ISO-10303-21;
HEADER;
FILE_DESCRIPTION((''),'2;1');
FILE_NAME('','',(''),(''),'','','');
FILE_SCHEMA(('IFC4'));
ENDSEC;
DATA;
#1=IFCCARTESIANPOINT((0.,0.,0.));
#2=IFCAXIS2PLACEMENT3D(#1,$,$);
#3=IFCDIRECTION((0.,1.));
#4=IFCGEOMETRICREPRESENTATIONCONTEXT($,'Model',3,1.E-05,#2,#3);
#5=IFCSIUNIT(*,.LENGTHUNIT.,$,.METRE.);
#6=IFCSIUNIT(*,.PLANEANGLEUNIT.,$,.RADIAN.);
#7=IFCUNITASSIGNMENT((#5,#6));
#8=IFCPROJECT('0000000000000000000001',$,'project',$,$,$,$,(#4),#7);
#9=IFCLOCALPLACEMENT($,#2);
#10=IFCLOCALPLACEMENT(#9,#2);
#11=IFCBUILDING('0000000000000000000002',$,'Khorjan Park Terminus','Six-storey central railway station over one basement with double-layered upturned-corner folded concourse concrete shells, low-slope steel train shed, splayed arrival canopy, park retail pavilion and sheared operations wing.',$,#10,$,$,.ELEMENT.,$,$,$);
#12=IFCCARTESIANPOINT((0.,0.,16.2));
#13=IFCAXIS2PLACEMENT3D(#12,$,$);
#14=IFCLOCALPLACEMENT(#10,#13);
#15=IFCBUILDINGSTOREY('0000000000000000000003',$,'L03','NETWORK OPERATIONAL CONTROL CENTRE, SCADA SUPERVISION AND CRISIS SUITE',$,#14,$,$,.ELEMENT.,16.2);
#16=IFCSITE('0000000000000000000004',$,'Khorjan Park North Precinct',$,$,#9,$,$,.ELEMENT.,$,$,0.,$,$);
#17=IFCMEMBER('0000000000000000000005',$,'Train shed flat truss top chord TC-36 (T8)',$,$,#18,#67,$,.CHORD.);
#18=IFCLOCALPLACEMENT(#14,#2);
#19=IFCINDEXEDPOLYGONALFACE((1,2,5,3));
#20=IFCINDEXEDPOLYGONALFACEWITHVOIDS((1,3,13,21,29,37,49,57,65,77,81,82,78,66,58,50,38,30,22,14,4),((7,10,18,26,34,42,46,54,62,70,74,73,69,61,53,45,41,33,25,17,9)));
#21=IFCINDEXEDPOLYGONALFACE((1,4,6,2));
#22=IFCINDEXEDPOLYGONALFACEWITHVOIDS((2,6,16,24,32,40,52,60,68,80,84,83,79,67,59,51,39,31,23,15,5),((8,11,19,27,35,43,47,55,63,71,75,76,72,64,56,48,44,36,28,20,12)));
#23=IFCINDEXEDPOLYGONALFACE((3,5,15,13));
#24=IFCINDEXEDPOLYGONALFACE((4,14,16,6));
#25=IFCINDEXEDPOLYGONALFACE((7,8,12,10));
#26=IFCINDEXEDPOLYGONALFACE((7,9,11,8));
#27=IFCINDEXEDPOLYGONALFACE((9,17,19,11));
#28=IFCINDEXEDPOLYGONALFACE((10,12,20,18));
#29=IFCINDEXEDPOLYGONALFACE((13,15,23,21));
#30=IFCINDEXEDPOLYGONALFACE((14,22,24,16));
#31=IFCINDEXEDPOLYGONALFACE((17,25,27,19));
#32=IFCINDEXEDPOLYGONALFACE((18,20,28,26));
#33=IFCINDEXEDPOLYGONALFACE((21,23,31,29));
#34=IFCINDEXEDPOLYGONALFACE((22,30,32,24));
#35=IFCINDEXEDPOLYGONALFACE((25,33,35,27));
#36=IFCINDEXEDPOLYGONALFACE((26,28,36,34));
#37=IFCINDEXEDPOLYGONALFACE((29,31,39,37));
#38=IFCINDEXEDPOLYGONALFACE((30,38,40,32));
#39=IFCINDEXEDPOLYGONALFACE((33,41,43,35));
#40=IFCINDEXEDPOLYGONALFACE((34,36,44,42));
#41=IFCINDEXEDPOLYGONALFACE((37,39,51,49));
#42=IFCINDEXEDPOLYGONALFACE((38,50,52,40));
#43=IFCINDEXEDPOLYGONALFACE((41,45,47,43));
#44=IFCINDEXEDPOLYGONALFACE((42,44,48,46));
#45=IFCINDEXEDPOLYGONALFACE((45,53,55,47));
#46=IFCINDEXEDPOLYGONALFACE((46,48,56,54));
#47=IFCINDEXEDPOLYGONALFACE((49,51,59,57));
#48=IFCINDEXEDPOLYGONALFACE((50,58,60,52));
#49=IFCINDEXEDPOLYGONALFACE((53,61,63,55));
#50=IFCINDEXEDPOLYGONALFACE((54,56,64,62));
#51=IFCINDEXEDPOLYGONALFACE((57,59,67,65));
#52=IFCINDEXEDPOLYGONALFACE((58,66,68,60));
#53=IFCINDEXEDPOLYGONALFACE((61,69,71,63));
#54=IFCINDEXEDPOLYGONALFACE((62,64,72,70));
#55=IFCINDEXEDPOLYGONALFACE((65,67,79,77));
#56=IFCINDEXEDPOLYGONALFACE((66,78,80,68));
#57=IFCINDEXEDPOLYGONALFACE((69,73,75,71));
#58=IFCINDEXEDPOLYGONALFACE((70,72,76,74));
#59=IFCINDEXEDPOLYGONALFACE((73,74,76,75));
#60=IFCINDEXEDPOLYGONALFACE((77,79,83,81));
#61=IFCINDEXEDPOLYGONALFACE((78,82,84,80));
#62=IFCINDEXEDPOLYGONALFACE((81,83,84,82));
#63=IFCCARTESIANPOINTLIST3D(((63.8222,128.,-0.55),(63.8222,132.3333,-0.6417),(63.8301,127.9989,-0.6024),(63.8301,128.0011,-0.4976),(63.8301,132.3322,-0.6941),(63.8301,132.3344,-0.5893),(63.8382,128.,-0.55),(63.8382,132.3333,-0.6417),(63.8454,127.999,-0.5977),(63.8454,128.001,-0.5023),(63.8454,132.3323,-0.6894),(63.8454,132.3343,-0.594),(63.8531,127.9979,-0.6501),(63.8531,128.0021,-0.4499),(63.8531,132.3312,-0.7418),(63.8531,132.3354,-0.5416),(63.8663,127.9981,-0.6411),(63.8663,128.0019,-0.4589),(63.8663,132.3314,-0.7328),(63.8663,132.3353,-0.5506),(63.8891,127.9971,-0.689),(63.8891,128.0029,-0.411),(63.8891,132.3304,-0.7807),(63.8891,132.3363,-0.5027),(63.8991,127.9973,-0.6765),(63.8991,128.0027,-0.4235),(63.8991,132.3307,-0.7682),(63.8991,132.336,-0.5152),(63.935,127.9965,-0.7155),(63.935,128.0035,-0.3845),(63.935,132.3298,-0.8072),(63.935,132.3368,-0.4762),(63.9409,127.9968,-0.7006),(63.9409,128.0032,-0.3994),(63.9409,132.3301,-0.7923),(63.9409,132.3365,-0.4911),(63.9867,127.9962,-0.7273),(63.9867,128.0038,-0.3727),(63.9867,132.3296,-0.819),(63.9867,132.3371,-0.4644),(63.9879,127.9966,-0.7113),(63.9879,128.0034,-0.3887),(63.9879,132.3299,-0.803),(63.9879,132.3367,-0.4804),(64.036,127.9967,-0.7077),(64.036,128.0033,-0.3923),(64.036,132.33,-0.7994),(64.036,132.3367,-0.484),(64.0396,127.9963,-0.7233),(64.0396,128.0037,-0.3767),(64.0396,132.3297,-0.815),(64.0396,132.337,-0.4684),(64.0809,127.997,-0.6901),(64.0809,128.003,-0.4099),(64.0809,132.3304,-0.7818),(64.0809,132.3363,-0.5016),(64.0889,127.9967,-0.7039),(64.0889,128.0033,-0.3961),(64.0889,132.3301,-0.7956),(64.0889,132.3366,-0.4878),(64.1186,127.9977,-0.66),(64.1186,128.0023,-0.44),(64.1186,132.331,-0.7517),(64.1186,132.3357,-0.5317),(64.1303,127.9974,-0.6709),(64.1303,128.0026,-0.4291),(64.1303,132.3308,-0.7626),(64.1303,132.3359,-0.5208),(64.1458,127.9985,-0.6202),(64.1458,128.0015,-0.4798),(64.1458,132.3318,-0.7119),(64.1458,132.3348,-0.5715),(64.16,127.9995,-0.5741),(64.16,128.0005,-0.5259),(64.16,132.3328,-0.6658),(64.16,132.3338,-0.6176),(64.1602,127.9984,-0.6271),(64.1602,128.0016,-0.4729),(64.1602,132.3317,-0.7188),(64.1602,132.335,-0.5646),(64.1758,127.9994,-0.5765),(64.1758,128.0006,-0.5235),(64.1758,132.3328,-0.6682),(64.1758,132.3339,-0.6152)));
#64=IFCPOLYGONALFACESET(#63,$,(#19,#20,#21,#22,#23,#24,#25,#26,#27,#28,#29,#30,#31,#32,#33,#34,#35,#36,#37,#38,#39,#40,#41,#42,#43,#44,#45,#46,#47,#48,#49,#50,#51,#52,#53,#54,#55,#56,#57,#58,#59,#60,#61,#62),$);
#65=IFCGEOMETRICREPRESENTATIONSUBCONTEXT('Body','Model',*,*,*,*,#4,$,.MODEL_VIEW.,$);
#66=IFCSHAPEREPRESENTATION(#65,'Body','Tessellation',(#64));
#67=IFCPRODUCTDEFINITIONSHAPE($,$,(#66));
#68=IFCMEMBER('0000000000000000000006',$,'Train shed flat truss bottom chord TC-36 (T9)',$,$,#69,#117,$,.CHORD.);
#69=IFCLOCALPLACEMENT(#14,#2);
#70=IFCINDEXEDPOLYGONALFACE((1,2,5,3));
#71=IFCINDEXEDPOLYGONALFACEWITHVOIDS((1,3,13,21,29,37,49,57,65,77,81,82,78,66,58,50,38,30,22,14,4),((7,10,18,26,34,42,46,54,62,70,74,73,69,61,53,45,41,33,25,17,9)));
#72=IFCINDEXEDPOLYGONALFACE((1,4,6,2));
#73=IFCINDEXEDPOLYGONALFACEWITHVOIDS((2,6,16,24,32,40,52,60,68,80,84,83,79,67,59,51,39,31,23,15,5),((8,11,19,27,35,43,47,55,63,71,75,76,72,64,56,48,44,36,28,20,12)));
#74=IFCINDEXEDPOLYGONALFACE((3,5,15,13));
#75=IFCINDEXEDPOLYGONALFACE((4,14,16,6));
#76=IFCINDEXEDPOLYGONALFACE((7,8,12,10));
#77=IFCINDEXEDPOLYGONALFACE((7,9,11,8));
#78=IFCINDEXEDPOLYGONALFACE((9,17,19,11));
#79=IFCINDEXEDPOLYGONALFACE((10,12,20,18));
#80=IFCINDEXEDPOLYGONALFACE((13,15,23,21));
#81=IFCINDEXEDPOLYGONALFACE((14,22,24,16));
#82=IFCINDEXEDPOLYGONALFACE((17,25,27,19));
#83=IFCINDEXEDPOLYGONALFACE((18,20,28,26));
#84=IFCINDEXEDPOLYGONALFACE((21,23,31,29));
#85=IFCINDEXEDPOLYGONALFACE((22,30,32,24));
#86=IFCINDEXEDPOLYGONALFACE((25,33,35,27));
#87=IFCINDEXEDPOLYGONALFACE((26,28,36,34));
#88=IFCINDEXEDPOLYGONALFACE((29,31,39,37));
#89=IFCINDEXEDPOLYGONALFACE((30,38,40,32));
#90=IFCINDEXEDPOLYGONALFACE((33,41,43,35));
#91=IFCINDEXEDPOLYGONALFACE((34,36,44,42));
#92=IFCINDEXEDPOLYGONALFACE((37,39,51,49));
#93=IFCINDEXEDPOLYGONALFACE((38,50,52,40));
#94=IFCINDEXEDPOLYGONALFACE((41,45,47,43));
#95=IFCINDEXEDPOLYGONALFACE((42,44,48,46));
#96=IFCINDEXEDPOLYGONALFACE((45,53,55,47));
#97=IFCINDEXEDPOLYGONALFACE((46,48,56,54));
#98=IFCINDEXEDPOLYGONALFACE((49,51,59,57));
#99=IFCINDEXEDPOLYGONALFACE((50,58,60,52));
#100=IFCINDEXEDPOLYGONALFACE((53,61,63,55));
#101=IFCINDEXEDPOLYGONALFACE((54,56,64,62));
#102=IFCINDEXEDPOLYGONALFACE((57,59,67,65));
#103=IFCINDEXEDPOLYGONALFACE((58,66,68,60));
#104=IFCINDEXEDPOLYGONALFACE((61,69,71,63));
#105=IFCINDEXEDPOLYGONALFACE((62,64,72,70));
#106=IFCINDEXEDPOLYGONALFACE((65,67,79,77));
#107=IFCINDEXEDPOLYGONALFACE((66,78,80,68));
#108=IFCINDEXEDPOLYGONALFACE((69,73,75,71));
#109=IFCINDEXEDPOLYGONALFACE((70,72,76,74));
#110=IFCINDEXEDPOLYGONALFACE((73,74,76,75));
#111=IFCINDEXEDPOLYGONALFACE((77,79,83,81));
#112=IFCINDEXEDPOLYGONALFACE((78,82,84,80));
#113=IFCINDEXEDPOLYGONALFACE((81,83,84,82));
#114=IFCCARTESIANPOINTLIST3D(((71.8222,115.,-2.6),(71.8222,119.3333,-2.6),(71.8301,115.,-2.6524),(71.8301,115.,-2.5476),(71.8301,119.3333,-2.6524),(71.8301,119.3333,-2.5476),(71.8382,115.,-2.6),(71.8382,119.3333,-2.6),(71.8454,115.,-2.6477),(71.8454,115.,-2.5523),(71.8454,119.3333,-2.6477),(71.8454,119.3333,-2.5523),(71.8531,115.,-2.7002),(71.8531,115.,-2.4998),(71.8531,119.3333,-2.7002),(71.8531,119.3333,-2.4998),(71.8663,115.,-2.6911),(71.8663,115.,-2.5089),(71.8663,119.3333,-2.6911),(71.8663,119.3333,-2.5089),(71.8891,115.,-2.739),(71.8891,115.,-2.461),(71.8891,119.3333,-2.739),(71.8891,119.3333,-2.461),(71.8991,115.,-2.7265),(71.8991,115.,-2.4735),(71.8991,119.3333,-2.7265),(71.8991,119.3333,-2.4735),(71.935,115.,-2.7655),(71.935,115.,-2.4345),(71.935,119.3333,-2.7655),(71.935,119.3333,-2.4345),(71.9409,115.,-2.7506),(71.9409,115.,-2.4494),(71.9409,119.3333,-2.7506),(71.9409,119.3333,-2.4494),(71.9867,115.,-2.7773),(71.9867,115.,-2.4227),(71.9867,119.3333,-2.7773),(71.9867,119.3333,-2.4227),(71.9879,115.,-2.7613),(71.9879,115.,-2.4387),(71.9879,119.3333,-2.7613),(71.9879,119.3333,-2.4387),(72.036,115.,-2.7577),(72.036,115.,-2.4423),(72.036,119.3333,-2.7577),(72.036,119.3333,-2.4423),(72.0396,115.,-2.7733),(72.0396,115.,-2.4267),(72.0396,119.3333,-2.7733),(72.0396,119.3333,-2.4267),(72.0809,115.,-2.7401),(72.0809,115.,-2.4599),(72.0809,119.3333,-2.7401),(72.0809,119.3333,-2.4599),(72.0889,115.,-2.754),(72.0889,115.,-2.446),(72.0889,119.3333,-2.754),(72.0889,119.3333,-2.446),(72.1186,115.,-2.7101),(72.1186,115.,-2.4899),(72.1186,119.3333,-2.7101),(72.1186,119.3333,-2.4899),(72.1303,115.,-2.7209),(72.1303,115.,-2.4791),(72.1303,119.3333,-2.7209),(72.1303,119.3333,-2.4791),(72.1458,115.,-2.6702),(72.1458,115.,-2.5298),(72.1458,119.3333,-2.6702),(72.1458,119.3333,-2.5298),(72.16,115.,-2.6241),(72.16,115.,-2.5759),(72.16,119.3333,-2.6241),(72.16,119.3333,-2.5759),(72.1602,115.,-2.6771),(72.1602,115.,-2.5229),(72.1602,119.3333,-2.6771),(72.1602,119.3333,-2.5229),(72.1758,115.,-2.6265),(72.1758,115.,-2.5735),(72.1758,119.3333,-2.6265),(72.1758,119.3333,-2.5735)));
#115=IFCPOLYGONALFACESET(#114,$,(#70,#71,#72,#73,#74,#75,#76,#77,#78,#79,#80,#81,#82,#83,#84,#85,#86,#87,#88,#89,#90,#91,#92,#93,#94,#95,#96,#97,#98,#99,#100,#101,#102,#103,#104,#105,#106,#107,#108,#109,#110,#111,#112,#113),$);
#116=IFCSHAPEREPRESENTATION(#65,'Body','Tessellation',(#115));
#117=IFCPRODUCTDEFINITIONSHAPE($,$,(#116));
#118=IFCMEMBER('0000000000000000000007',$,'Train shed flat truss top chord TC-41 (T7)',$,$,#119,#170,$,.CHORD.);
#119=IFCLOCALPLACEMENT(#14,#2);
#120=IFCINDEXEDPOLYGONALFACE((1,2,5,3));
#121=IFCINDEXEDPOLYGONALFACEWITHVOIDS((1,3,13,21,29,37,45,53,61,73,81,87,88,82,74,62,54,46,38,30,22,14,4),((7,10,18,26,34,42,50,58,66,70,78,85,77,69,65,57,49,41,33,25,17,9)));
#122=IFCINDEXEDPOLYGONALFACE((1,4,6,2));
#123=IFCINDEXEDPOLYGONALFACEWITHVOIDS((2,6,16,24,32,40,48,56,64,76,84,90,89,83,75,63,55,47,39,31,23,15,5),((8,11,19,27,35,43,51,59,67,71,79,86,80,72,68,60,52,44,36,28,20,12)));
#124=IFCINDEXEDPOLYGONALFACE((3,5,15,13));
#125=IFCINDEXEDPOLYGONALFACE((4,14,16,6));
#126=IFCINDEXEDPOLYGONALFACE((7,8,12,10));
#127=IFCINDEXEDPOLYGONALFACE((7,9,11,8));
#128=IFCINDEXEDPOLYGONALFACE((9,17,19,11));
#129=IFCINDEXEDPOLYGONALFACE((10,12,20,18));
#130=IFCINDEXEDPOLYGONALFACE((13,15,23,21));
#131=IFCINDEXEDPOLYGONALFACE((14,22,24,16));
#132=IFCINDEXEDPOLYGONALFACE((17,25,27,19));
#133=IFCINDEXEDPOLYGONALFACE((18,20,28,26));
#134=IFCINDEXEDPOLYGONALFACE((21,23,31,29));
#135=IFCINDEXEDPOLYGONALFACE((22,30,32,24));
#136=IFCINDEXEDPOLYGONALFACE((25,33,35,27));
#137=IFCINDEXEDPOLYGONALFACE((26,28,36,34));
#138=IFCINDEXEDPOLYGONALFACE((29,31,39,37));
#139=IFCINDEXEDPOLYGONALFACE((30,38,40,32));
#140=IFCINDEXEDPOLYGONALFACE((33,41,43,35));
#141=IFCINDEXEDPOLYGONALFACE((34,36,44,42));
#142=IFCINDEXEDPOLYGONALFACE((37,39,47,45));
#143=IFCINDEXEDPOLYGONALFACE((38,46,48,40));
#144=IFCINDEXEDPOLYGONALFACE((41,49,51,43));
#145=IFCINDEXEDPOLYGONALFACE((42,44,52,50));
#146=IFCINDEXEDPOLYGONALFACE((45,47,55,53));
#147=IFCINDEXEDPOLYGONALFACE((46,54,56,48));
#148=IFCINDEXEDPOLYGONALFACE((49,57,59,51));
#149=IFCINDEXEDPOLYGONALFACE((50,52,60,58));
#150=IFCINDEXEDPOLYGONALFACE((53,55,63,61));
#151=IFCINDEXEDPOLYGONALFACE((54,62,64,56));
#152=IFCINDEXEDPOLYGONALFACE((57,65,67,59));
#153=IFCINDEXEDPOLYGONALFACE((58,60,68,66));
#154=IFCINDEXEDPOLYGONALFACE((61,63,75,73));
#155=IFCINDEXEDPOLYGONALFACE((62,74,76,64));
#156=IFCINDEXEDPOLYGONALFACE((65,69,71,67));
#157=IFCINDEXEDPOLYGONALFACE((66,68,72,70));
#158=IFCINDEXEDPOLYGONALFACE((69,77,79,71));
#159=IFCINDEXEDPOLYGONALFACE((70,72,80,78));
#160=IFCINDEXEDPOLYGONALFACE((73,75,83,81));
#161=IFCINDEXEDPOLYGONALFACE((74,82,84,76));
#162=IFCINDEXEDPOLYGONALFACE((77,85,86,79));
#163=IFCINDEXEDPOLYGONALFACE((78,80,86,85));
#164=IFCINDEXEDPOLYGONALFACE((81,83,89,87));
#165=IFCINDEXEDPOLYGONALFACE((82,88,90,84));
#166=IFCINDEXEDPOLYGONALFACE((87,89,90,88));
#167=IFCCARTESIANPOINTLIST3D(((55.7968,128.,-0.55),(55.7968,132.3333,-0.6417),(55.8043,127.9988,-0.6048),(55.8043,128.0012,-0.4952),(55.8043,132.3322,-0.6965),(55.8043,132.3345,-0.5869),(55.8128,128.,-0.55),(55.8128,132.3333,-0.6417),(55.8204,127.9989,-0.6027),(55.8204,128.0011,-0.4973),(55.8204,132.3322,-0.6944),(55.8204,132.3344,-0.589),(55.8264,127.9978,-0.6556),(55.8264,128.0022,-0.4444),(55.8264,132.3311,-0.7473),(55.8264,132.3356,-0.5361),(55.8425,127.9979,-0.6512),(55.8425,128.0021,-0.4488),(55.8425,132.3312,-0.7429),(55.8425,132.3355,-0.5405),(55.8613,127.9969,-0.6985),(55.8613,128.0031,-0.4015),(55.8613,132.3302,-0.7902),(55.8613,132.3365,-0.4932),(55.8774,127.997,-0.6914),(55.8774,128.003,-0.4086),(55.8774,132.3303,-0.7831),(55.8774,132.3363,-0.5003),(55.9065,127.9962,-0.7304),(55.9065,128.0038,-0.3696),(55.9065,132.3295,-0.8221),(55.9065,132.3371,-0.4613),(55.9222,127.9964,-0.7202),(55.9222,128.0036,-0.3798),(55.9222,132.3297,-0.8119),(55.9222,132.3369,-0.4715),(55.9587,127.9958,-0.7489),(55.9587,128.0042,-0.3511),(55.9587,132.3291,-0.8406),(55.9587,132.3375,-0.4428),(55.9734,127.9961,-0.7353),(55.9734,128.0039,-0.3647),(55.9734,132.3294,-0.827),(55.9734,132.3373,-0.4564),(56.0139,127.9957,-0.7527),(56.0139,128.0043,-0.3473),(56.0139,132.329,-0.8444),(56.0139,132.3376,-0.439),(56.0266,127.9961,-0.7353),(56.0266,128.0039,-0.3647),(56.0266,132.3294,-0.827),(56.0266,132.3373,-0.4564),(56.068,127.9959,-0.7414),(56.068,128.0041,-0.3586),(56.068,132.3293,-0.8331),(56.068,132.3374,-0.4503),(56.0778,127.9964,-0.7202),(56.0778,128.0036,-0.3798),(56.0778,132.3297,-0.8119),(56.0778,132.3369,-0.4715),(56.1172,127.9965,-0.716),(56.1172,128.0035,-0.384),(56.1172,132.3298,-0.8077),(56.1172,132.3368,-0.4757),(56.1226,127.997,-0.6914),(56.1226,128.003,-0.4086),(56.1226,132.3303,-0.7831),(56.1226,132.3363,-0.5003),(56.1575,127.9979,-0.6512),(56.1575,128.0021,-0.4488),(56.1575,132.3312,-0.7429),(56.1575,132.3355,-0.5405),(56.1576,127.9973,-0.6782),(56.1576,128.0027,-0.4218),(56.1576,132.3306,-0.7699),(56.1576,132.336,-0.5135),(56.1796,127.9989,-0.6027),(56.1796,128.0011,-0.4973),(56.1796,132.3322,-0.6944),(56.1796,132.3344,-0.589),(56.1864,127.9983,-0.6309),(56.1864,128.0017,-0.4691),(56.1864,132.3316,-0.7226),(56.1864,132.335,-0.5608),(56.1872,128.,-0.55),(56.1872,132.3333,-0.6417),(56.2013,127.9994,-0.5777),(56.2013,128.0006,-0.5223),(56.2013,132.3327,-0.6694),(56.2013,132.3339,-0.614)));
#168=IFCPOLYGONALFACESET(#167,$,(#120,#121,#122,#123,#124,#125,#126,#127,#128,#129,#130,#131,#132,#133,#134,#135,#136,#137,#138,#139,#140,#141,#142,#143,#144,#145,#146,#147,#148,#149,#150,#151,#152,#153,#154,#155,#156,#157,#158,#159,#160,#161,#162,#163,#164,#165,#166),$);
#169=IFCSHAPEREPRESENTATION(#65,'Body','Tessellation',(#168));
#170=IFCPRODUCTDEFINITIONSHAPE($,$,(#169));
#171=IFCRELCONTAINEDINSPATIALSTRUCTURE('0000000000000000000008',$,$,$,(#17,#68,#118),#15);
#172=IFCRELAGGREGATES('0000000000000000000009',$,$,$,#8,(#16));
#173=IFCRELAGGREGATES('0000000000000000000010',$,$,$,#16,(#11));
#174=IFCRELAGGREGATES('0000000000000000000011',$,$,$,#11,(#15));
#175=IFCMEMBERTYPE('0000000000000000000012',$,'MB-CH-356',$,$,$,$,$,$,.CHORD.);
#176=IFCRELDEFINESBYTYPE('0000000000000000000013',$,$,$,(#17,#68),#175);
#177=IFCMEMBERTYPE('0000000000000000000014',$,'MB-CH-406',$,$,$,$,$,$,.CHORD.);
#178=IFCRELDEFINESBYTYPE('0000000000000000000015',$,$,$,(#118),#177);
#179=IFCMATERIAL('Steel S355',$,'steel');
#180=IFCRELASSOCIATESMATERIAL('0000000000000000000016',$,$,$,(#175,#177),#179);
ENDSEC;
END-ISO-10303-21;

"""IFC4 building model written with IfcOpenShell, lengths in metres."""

from ifc_helpers import new_model, si_unit, direction, frame, origin, origin_2d, place, context, subcontext, project, spatial, hollow_circle, extrude, material, material_profile, profile_set, type_object, element, save


model = new_model("IFC4")

# Units and contexts
model_context = context("Model", 3, precision=1e-05, world=origin(), true_north=direction((0.0, 1.0)))
body_context = subcontext(model_context, "Body", "Model", "MODEL_VIEW")
ifc_project = project(units=[si_unit("LENGTHUNIT", "METRE"), si_unit("PLANEANGLEUNIT", "RADIAN")], contexts=[model_context])

# Site, building, storey
site_placement = place(None, origin())
site = spatial("IfcSite", under=ifc_project, at=site_placement, Name="Khorjan Park North Precinct", CompositionType="ELEMENT", RefElevation=0.0)
building_placement = place(site_placement, origin())
building = spatial("IfcBuilding", under=site, at=building_placement, Name="Khorjan Park Terminus", Description="Six-storey central railway station over one basement with double-layered upturned-corner folded concourse concrete shells, low-slope steel train shed, splayed arrival canopy, park retail pavilion and sheared operations wing.", CompositionType="ELEMENT")
storey_placement = place(building_placement, frame((0.0, 0.0, 16.2)))
storey = spatial("IfcBuildingStorey", under=building, at=storey_placement, Name="L03", Description="NETWORK OPERATIONAL CONTROL CENTRE, SCADA SUPERVISION AND CRISIS SUITE", CompositionType="ELEMENT", Elevation=16.2)

# Members
ifc_material = material(Name="Steel S355", Category="steel")
ifc_material_profile_1 = material_profile(ifc_material, hollow_circle(Radius=0.1778, WallThickness=0.016, at=origin_2d()), Name="CHS 355.6x16")
ifc_profile_set_1 = profile_set([ifc_material_profile_1], Name="Steel S355")
member_type_1 = type_object("IfcMemberType", Name="MB-CH-356", PredefinedType="CHORD", material=ifc_profile_set_1)
for number, where, z_axis, x_axis, name in (
    (1, (64.0, 128.0, -0.55), (0.0, 0.999776, -0.021157), (-1.0, 0.0, 0.0), "Train shed flat truss top chord TC-36 (T8)"),
):
    element("IfcMember", number, at=place(storey_placement, frame(where, z_axis=z_axis, x_axis=x_axis)), inside=storey, type_object=member_type_1, Name=name, PredefinedType="CHORD", context=body_context, shape_type="SweptSolid", body=[
        extrude(hollow_circle(Radius=0.1778, WallThickness=0.016, at=origin_2d()), origin(), (0.0, 0.0, 1.0), 4.3343),
    ])
member_1_placement = place(storey_placement, frame((72.0, 115.0, -2.6), z_axis=(0.0, 1.0, 0.0), x_axis=(-1.0, 0.0, 0.0)))
element("IfcMember", 2, at=member_1_placement, inside=storey, type_object=member_type_1, Name="Train shed flat truss bottom chord TC-36 (T9)", PredefinedType="CHORD", context=body_context, shape_type="SweptSolid", body=[
    extrude(hollow_circle(Radius=0.1778, WallThickness=0.016, at=origin_2d()), origin(), (0.0, 0.0, 1.0), 4.3333),
])
ifc_material_profile_2 = material_profile(ifc_material, hollow_circle(Radius=0.2032, WallThickness=0.016, at=origin_2d()), Name="CHS 406.4x16")
ifc_profile_set_2 = profile_set([ifc_material_profile_2], Name="Steel S355")
member_type_2 = type_object("IfcMemberType", Name="MB-CH-406", PredefinedType="CHORD", material=ifc_profile_set_2)
for number, where, z_axis, x_axis, name in (
    (3, (56.0, 128.0, -0.55), (0.0, 0.999776, -0.021157), (-1.0, 0.0, 0.0), "Train shed flat truss top chord TC-41 (T7)"),
):
    element("IfcMember", number, at=place(storey_placement, frame(where, z_axis=z_axis, x_axis=x_axis)), inside=storey, type_object=member_type_2, Name=name, PredefinedType="CHORD", context=body_context, shape_type="SweptSolid", body=[
        extrude(hollow_circle(Radius=0.2032, WallThickness=0.016, at=origin_2d()), origin(), (0.0, 0.0, 1.0), 4.3343),
    ])

save(model, "model.ifc")
